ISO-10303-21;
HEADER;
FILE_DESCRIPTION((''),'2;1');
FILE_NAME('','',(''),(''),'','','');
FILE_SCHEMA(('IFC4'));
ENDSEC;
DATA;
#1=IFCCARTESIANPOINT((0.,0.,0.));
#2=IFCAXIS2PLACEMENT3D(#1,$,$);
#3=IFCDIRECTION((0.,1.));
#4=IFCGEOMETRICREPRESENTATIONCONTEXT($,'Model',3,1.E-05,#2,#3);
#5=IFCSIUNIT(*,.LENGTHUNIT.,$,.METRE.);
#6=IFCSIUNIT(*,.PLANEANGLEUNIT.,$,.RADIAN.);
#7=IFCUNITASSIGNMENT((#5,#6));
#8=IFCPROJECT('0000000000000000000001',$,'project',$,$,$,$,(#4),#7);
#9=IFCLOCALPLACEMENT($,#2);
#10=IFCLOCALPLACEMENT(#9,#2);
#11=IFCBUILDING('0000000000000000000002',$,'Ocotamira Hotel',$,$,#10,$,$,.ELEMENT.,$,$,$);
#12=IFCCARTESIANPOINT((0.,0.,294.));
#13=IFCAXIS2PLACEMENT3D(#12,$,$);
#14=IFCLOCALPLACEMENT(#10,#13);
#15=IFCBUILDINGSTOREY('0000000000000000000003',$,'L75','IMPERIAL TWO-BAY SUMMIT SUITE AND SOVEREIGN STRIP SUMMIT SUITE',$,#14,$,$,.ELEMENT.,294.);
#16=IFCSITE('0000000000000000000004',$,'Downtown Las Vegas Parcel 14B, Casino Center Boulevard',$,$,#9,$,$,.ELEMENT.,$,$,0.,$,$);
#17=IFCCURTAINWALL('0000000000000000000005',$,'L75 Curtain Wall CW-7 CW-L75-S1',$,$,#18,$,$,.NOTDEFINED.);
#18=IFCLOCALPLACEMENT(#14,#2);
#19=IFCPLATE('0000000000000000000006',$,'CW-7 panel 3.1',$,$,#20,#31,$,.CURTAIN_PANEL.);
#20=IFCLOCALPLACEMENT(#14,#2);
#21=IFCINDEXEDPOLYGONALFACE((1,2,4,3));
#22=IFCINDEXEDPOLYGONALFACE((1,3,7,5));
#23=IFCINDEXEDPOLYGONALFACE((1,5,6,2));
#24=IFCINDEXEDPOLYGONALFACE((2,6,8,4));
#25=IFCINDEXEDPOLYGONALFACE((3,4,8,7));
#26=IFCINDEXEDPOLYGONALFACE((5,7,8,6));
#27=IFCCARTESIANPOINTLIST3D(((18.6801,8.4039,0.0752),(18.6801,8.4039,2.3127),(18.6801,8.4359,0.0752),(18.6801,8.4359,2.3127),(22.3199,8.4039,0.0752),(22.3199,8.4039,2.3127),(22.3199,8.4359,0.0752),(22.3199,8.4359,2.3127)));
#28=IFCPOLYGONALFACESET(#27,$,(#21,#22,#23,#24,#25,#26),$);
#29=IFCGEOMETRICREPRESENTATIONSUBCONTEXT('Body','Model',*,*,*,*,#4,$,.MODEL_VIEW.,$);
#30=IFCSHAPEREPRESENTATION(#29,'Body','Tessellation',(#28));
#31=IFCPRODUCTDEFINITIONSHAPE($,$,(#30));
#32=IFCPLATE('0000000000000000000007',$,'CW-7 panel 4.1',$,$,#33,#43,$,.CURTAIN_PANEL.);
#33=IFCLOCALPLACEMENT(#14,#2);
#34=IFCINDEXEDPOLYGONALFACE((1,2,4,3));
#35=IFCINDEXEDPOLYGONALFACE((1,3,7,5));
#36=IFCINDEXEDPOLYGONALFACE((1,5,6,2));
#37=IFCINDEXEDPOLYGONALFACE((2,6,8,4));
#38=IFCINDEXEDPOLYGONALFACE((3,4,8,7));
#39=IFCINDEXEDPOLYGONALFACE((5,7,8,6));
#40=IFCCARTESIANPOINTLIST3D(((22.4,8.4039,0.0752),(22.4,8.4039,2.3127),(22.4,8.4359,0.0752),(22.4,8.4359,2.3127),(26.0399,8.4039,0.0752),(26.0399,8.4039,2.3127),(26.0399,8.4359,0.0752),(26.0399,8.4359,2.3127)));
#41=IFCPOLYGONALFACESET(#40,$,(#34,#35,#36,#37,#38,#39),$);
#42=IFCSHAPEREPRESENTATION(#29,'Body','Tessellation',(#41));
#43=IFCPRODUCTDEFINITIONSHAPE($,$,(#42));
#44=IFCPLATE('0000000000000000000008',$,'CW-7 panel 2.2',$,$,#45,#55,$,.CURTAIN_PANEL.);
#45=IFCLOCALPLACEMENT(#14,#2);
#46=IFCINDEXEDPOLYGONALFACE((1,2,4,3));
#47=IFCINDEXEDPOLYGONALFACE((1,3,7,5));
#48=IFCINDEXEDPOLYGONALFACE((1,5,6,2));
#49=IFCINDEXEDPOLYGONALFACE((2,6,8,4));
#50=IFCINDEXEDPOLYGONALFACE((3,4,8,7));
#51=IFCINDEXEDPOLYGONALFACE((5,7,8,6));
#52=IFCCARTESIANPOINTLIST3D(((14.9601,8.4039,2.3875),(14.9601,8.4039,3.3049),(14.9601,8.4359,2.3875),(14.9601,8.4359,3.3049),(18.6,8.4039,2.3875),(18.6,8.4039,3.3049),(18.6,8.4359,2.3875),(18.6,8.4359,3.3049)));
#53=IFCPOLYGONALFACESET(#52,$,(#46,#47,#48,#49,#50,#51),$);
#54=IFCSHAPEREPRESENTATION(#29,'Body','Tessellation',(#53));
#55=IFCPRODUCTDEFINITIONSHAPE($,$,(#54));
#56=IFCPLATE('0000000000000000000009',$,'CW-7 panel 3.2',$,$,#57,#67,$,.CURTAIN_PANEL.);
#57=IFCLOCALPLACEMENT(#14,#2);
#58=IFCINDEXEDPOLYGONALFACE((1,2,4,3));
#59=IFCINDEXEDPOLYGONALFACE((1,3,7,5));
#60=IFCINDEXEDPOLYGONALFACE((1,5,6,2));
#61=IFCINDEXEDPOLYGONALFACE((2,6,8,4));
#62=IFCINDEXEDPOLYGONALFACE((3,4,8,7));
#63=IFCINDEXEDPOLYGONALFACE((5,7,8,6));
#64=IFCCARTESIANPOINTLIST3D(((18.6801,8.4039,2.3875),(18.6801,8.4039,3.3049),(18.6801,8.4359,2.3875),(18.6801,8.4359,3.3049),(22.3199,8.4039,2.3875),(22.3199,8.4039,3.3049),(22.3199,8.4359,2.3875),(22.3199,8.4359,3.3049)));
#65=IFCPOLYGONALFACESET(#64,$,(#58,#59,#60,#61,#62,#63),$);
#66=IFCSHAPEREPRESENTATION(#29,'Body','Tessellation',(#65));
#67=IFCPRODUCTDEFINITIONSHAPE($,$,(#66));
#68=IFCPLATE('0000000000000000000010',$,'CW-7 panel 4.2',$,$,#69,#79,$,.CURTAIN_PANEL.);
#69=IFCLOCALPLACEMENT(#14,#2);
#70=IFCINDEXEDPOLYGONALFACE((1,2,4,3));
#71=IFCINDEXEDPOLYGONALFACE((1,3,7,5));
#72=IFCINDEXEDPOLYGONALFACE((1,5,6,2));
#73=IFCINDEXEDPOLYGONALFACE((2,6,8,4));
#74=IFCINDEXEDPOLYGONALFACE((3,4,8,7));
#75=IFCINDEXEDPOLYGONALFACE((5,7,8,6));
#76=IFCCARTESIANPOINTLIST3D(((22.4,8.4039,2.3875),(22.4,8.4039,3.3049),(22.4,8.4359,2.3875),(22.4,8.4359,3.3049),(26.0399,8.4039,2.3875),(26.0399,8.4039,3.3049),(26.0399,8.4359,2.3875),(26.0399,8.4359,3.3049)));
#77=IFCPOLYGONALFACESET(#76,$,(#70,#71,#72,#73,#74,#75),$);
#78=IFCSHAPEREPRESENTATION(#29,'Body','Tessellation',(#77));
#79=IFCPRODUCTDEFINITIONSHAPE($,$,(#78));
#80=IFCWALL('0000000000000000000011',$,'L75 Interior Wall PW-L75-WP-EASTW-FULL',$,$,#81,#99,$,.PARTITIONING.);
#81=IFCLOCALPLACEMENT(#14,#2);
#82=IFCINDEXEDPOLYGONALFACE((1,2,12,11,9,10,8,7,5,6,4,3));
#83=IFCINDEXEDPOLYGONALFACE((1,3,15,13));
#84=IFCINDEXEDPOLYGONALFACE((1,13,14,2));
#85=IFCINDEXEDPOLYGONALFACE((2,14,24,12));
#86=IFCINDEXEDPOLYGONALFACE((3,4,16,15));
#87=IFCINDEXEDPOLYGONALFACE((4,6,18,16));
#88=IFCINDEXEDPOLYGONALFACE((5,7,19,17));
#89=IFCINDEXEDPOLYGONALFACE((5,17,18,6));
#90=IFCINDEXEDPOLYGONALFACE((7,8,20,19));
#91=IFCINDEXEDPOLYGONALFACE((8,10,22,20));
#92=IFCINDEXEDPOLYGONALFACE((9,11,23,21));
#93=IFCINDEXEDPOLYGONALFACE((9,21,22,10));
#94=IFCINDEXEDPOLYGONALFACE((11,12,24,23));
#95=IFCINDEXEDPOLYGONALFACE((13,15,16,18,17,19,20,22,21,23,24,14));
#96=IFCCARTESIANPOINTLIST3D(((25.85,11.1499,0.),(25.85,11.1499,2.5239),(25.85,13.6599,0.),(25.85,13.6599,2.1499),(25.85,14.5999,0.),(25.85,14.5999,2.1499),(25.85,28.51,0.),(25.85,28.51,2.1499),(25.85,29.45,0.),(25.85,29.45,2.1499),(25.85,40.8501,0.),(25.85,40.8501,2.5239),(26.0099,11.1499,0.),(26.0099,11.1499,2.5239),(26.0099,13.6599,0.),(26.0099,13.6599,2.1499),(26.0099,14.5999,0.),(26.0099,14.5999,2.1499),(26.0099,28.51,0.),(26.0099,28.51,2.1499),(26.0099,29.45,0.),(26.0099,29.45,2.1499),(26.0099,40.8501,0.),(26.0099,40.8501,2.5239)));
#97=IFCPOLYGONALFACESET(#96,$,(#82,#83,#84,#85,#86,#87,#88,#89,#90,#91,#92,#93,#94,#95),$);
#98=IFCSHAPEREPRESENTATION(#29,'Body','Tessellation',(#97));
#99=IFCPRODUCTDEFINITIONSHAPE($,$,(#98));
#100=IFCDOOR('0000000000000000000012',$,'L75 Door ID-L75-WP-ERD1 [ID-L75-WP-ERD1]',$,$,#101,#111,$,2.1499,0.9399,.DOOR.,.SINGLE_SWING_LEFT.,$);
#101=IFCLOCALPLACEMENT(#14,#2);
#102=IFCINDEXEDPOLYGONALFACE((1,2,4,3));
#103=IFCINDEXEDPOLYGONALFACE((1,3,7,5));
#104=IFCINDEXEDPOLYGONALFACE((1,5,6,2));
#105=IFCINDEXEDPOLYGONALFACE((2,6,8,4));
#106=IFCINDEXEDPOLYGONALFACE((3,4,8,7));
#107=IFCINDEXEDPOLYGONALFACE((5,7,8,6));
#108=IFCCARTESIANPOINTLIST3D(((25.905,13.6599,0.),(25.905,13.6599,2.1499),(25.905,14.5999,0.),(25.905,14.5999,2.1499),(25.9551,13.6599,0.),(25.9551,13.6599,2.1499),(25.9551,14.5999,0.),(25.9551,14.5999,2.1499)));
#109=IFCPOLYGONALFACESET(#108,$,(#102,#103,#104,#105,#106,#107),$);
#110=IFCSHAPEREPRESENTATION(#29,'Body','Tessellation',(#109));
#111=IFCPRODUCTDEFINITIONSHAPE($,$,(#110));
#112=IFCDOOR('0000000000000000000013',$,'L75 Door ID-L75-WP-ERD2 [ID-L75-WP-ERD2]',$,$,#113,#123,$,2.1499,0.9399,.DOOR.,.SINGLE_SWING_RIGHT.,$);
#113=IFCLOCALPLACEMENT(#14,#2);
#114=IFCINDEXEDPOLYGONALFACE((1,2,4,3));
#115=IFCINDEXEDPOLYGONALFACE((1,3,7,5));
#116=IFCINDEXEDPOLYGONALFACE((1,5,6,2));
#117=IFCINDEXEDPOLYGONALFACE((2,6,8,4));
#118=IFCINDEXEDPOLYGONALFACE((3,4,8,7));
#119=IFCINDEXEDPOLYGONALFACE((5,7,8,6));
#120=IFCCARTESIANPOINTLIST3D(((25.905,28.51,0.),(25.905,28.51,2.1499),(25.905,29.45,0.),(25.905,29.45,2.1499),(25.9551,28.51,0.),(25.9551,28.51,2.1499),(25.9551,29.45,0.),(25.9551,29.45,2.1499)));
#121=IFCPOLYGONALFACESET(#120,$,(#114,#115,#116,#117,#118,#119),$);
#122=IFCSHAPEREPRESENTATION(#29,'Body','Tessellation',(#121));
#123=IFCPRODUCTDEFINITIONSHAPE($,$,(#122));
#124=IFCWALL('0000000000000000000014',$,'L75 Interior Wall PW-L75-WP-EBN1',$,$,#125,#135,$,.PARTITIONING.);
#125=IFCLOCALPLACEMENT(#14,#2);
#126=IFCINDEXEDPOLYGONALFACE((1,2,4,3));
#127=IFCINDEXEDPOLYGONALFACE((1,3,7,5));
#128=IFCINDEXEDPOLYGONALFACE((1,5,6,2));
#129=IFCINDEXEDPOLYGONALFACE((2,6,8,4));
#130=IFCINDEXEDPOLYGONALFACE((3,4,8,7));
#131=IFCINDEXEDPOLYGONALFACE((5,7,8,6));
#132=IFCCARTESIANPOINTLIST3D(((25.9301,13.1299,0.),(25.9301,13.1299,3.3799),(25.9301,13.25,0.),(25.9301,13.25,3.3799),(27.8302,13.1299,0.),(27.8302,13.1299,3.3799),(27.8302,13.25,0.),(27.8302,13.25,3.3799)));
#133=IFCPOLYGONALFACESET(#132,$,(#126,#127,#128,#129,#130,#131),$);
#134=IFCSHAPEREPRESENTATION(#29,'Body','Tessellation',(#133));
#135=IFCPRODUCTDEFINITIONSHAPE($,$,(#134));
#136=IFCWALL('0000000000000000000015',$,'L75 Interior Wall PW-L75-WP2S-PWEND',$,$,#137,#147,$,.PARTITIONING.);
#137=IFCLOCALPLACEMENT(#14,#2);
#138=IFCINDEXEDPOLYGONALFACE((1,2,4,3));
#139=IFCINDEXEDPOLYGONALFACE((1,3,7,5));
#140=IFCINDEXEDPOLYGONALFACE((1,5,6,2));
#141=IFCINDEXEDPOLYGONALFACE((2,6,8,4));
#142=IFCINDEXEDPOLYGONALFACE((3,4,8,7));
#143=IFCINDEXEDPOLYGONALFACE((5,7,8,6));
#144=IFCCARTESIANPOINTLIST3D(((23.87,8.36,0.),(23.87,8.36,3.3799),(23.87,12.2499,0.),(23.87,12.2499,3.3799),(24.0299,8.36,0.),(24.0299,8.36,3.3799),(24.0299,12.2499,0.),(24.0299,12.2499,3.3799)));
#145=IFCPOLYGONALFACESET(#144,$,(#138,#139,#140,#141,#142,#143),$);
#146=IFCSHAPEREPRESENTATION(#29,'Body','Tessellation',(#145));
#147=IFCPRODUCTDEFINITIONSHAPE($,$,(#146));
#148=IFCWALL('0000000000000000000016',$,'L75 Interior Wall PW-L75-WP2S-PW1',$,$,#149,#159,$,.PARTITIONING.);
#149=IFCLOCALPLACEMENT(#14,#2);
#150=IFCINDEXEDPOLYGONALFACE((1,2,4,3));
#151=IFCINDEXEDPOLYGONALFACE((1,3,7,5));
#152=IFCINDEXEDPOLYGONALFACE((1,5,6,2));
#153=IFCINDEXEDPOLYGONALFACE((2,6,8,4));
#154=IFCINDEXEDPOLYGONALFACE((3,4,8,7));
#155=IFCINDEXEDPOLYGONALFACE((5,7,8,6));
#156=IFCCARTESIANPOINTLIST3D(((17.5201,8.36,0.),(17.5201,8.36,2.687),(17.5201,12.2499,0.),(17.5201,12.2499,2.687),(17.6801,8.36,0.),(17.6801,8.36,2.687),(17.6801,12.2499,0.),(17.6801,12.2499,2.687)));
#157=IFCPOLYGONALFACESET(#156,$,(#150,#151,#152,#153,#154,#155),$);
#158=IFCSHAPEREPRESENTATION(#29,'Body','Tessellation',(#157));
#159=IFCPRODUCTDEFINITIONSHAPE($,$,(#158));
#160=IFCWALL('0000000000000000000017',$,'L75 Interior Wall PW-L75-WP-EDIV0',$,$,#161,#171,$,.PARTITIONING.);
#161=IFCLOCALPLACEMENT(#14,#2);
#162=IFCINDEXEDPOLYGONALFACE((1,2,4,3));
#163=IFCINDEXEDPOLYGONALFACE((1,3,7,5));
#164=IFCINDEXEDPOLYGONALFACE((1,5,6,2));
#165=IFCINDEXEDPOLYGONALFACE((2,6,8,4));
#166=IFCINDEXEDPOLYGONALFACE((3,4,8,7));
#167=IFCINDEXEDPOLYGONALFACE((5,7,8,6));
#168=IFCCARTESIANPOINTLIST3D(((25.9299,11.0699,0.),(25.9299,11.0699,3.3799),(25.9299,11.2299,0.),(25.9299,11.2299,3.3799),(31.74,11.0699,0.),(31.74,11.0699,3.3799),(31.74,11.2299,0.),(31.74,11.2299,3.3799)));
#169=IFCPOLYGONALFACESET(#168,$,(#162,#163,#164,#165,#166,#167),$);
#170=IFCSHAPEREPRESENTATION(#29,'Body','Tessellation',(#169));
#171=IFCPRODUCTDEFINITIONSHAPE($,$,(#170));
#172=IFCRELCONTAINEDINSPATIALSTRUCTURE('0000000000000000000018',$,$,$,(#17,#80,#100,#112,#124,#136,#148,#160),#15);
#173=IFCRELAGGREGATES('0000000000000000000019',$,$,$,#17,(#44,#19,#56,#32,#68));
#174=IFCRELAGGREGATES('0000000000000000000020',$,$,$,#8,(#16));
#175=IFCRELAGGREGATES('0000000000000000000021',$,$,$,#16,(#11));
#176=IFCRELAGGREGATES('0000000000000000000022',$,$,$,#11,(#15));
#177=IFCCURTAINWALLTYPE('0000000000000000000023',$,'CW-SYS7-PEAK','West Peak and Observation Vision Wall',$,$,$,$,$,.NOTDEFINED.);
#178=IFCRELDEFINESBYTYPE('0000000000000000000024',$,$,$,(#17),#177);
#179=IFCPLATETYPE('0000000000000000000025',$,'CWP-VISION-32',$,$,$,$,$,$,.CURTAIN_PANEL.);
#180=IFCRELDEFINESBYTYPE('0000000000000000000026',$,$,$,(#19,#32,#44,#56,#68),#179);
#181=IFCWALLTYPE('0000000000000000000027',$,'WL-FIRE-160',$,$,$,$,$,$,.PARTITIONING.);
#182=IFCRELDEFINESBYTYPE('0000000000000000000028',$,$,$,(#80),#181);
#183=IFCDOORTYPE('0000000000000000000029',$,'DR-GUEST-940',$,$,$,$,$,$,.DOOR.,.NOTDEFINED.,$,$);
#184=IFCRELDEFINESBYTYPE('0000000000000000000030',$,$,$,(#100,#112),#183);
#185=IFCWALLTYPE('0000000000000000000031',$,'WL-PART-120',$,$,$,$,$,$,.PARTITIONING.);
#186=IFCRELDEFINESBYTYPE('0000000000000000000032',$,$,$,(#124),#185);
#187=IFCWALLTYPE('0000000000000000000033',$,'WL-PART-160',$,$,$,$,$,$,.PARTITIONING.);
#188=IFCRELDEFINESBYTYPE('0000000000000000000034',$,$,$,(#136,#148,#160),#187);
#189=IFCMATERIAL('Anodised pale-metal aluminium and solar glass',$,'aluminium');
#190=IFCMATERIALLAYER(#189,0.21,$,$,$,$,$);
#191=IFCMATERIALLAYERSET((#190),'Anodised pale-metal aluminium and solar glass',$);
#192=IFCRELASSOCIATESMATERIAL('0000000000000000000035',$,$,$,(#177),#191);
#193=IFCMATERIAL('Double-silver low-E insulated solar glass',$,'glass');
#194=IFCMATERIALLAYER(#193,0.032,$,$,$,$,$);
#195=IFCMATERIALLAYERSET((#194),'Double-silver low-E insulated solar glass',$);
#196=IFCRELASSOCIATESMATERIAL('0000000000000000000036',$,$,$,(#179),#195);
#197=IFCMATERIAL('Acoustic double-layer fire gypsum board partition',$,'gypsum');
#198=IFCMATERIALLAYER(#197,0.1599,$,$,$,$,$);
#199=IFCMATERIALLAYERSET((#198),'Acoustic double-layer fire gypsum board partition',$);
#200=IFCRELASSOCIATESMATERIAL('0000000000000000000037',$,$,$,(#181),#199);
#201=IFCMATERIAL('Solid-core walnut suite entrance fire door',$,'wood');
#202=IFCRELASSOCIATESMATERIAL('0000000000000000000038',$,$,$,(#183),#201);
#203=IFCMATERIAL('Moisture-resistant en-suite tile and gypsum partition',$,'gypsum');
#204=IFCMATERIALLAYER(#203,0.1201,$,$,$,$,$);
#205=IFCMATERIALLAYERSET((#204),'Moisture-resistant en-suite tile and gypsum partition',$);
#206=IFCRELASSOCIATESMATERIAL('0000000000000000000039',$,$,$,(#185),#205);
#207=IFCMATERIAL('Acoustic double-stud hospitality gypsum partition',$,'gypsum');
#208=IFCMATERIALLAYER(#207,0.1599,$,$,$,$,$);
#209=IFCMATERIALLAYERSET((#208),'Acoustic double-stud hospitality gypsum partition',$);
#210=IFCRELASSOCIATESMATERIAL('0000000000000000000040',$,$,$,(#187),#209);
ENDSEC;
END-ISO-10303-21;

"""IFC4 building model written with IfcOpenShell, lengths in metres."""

from ifc_helpers import new_model, si_unit, direction, frame, frame_2d, origin, origin_2d, place, context, subcontext, project, spatial, rectangle, extrude, source, transform, mapped, material, layer, layer_set, type_object, element, fill, aggregate, save


model = new_model("IFC4")

# Units and contexts
model_context = context("Model", 3, precision=1e-05, world=origin(), true_north=direction((0.0, 1.0)))
body_context = subcontext(model_context, "Body", "Model", "MODEL_VIEW")
ifc_project = project(units=[si_unit("LENGTHUNIT", "METRE"), si_unit("PLANEANGLEUNIT", "RADIAN")], contexts=[model_context])

# Site, building, storey
site_placement = place(None, origin())
site = spatial("IfcSite", under=ifc_project, at=site_placement, Name="Downtown Las Vegas Parcel 14B, Casino Center Boulevard", CompositionType="ELEMENT", RefElevation=0.0)
building_placement = place(site_placement, origin())
building = spatial("IfcBuilding", under=site, at=building_placement, Name="Ocotamira Hotel", CompositionType="ELEMENT")
storey_placement = place(building_placement, frame((0.0, 0.0, 294.0)))
storey = spatial("IfcBuildingStorey", under=building, at=storey_placement, Name="L75", Description="IMPERIAL TWO-BAY SUMMIT SUITE AND SOVEREIGN STRIP SUMMIT SUITE", CompositionType="ELEMENT", Elevation=294.0)

# Curtain wall, plates
ifc_material_1 = material(Name="Anodised pale-metal aluminium and solar glass", Category="aluminium")
ifc_layer_1 = layer(ifc_material_1, 0.21)
ifc_layer_set_1 = layer_set([ifc_layer_1], Name="Anodised pale-metal aluminium and solar glass")
curtain_wall_type = type_object("IfcCurtainWallType", Name="CW-SYS7-PEAK", Description="West Peak and Observation Vision Wall", PredefinedType="NOTDEFINED", material=ifc_layer_set_1)
curtain_wall_placement = place(storey_placement, origin())
curtain_wall = element("IfcCurtainWall", 1, at=curtain_wall_placement, inside=storey, type_object=curtain_wall_type, Name="L75 Curtain Wall CW-7 CW-L75-S1", PredefinedType="NOTDEFINED")
ifc_material_2 = material(Name="Double-silver low-E insulated solar glass", Category="glass")
ifc_layer_2 = layer(ifc_material_2, 0.032)
ifc_layer_set_2 = layer_set([ifc_layer_2], Name="Double-silver low-E insulated solar glass")
plate_type = type_object("IfcPlateType", Name="CWP-VISION-32", PredefinedType="CURTAIN_PANEL", material=ifc_layer_set_2)
shared_shape_1 = source(origin(), body_context, "Body", "SweptSolid", [
    extrude(rectangle(XDim=3.6399, YDim=0.032, at=origin_2d()), origin(), (0.0, 0.0, 1.0), 2.2375),
])
plate_1_placement = place(storey_placement, frame((20.5, 8.4199, 0.0752), z_axis=(0.0, 0.0, 1.0), x_axis=(1.0, 0.0, 0.0)))
plate_1 = element("IfcPlate", 2, at=plate_1_placement, type_object=plate_type, Name="CW-7 panel 3.1", PredefinedType="CURTAIN_PANEL", context=body_context, shape_type="MappedRepresentation", body=[
    mapped(shared_shape_1, transform((0.0, 0.0, 0.0), scale=1.0)),
])
plate_2_placement = place(storey_placement, frame((24.22, 8.4199, 0.0752), z_axis=(0.0, 0.0, 1.0), x_axis=(1.0, 0.0, 0.0)))
plate_2 = element("IfcPlate", 3, at=plate_2_placement, type_object=plate_type, Name="CW-7 panel 4.1", PredefinedType="CURTAIN_PANEL", context=body_context, shape_type="MappedRepresentation", body=[
    mapped(shared_shape_1, transform((0.0, 0.0, 0.0), scale=1.0)),
])
shared_shape_2 = source(origin(), body_context, "Body", "SweptSolid", [
    extrude(rectangle(XDim=3.6399, YDim=0.032, at=origin_2d()), origin(), (0.0, 0.0, 1.0), 0.9175),
])
plate_3_placement = place(storey_placement, frame((16.78, 8.4199, 2.3875), z_axis=(0.0, 0.0, 1.0), x_axis=(1.0, 0.0, 0.0)))
plate_3 = element("IfcPlate", 4, at=plate_3_placement, type_object=plate_type, Name="CW-7 panel 2.2", PredefinedType="CURTAIN_PANEL", context=body_context, shape_type="MappedRepresentation", body=[
    mapped(shared_shape_2, transform((0.0, 0.0, 0.0), scale=1.0)),
])
plate_4_placement = place(storey_placement, frame((20.5, 8.4199, 2.3875), z_axis=(0.0, 0.0, 1.0), x_axis=(1.0, 0.0, 0.0)))
plate_4 = element("IfcPlate", 5, at=plate_4_placement, type_object=plate_type, Name="CW-7 panel 3.2", PredefinedType="CURTAIN_PANEL", context=body_context, shape_type="MappedRepresentation", body=[
    mapped(shared_shape_2, transform((0.0, 0.0, 0.0), scale=1.0)),
])
plate_5_placement = place(storey_placement, frame((24.22, 8.4199, 2.3875), z_axis=(0.0, 0.0, 1.0), x_axis=(1.0, 0.0, 0.0)))
plate_5 = element("IfcPlate", 6, at=plate_5_placement, type_object=plate_type, Name="CW-7 panel 4.2", PredefinedType="CURTAIN_PANEL", context=body_context, shape_type="MappedRepresentation", body=[
    mapped(shared_shape_2, transform((0.0, 0.0, 0.0), scale=1.0)),
])
aggregate(curtain_wall, [plate_3, plate_1, plate_4, plate_2, plate_5])

# Wall, openings, doors
ifc_material_3 = material(Name="Acoustic double-layer fire gypsum board partition", Category="gypsum")
ifc_layer_3 = layer(ifc_material_3, 0.1599)
ifc_layer_set_3 = layer_set([ifc_layer_3], Name="Acoustic double-layer fire gypsum board partition")
wall_type_1 = type_object("IfcWallType", Name="WL-FIRE-160", PredefinedType="PARTITIONING", material=ifc_layer_set_3)
wall_1_placement = place(storey_placement, frame((25.9299, 11.1499, 0.0), z_axis=(0.0, 0.0, 1.0), x_axis=(0.0, 1.0, 0.0)))
wall_1 = element("IfcWall", 7, at=wall_1_placement, inside=storey, type_object=wall_type_1, Name="L75 Interior Wall PW-L75-WP-EASTW-FULL", PredefinedType="PARTITIONING", context=body_context, shape_type="SweptSolid", body=[
    extrude(rectangle(XDim=29.7002, YDim=0.1599, at=frame_2d((14.8501, 0.0))), origin(), (0.0, 0.0, 1.0), 2.5239),
])
opening_1_placement = place(wall_1_placement, frame((2.51, 0.0, 0.0)))
opening_1 = element("IfcOpeningElement", 8, at=opening_1_placement, cuts=wall_1, PredefinedType="OPENING", context=body_context, shape_type="SweptSolid", body=[
    extrude(rectangle(XDim=0.9399, YDim=2.1499, at=frame_2d((0.47, 1.075))), frame((0.0, 0.0898, 0.0), z_axis=(0.0, -1.0, 0.0), x_axis=(1.0, 0.0, 0.0)), (0.0, 0.0, 1.0), 0.1799),
])
opening_2_placement = place(wall_1_placement, frame((17.3601, 0.0, 0.0)))
opening_2 = element("IfcOpeningElement", 9, at=opening_2_placement, cuts=wall_1, PredefinedType="OPENING", context=body_context, shape_type="SweptSolid", body=[
    extrude(rectangle(XDim=0.9399, YDim=2.1499, at=frame_2d((0.47, 1.075))), frame((0.0, 0.0898, 0.0), z_axis=(0.0, -1.0, 0.0), x_axis=(1.0, 0.0, 0.0)), (0.0, 0.0, 1.0), 0.1799),
])
ifc_material_4 = material(Name="Solid-core walnut suite entrance fire door", Category="wood")
door_type = type_object("IfcDoorType", Name="DR-GUEST-940", OperationType="NOTDEFINED", PredefinedType="DOOR", material=ifc_material_4)
shared_shape_3 = source(origin(), body_context, "Body", "SweptSolid", [
    extrude(rectangle(XDim=0.9399, YDim=2.1499, at=frame_2d((0.47, 1.075))), frame((0.0, 0.0249, 0.0), z_axis=(0.0, -1.0, 0.0), x_axis=(1.0, 0.0, 0.0)), (0.0, 0.0, 1.0), 0.05),
])
door_1_placement = place(opening_1_placement, origin())
door_1 = element("IfcDoor", 10, at=door_1_placement, inside=storey, type_object=door_type, Name="L75 Door ID-L75-WP-ERD1 [ID-L75-WP-ERD1]", OperationType="SINGLE_SWING_LEFT", OverallHeight=2.1499, OverallWidth=0.9399, PredefinedType="DOOR", context=body_context, shape_type="MappedRepresentation", body=[
    mapped(shared_shape_3, transform((0.0, 0.0, 0.0), scale=1.0)),
])
fill(opening_1, door_1)
door_2_placement = place(opening_2_placement, origin())
door_2 = element("IfcDoor", 11, at=door_2_placement, inside=storey, type_object=door_type, Name="L75 Door ID-L75-WP-ERD2 [ID-L75-WP-ERD2]", OperationType="SINGLE_SWING_RIGHT", OverallHeight=2.1499, OverallWidth=0.9399, PredefinedType="DOOR", context=body_context, shape_type="MappedRepresentation", body=[
    mapped(shared_shape_3, transform((0.0, 0.0, 0.0), scale=1.0)),
])
fill(opening_2, door_2)

# Walls
ifc_material_5 = material(Name="Moisture-resistant en-suite tile and gypsum partition", Category="gypsum")
ifc_layer_4 = layer(ifc_material_5, 0.1201)
ifc_layer_set_4 = layer_set([ifc_layer_4], Name="Moisture-resistant en-suite tile and gypsum partition")
wall_type_2 = type_object("IfcWallType", Name="WL-PART-120", PredefinedType="PARTITIONING", material=ifc_layer_set_4)
wall_2_placement = place(storey_placement, frame((25.9299, 13.1899, 0.0), z_axis=(0.0, 0.0, 1.0), x_axis=(1.0, 0.0, 0.0)))
element("IfcWall", 12, at=wall_2_placement, inside=storey, type_object=wall_type_2, Name="L75 Interior Wall PW-L75-WP-EBN1", PredefinedType="PARTITIONING", context=body_context, shape_type="SweptSolid", body=[
    extrude(rectangle(XDim=1.9001, YDim=0.1201, at=frame_2d((0.9502, 0.0))), origin(), (0.0, 0.0, 1.0), 3.3799),
])
ifc_material_6 = material(Name="Acoustic double-stud hospitality gypsum partition", Category="gypsum")
ifc_layer_5 = layer(ifc_material_6, 0.1599)
ifc_layer_set_5 = layer_set([ifc_layer_5], Name="Acoustic double-stud hospitality gypsum partition")
wall_type_3 = type_object("IfcWallType", Name="WL-PART-160", PredefinedType="PARTITIONING", material=ifc_layer_set_5)
wall_3_placement = place(storey_placement, frame((23.95, 8.3601, 0.0), z_axis=(0.0, 0.0, 1.0), x_axis=(0.0, 1.0, 0.0)))
element("IfcWall", 13, at=wall_3_placement, inside=storey, type_object=wall_type_3, Name="L75 Interior Wall PW-L75-WP2S-PWEND", PredefinedType="PARTITIONING", context=body_context, shape_type="SweptSolid", body=[
    extrude(rectangle(XDim=3.8899, YDim=0.1599, at=frame_2d((1.9448, 0.0))), origin(), (0.0, 0.0, 1.0), 3.3799),
])
wall_4_placement = place(storey_placement, frame((17.6001, 8.3601, 0.0), z_axis=(0.0, 0.0, 1.0), x_axis=(0.0, 1.0, 0.0)))
element("IfcWall", 14, at=wall_4_placement, inside=storey, type_object=wall_type_3, Name="L75 Interior Wall PW-L75-WP2S-PW1", PredefinedType="PARTITIONING", context=body_context, shape_type="SweptSolid", body=[
    extrude(rectangle(XDim=3.8899, YDim=0.1599, at=frame_2d((1.9448, 0.0))), origin(), (0.0, 0.0, 1.0), 2.687),
])
wall_5_placement = place(storey_placement, frame((25.9299, 11.1499, 0.0), z_axis=(0.0, 0.0, 1.0), x_axis=(1.0, 0.0, 0.0)))
element("IfcWall", 15, at=wall_5_placement, inside=storey, type_object=wall_type_3, Name="L75 Interior Wall PW-L75-WP-EDIV0", PredefinedType="PARTITIONING", context=body_context, shape_type="SweptSolid", body=[
    extrude(rectangle(XDim=5.8101, YDim=0.1599, at=frame_2d((2.905, 0.0))), origin(), (0.0, 0.0, 1.0), 3.3799),
])

save(model, "model.ifc")
